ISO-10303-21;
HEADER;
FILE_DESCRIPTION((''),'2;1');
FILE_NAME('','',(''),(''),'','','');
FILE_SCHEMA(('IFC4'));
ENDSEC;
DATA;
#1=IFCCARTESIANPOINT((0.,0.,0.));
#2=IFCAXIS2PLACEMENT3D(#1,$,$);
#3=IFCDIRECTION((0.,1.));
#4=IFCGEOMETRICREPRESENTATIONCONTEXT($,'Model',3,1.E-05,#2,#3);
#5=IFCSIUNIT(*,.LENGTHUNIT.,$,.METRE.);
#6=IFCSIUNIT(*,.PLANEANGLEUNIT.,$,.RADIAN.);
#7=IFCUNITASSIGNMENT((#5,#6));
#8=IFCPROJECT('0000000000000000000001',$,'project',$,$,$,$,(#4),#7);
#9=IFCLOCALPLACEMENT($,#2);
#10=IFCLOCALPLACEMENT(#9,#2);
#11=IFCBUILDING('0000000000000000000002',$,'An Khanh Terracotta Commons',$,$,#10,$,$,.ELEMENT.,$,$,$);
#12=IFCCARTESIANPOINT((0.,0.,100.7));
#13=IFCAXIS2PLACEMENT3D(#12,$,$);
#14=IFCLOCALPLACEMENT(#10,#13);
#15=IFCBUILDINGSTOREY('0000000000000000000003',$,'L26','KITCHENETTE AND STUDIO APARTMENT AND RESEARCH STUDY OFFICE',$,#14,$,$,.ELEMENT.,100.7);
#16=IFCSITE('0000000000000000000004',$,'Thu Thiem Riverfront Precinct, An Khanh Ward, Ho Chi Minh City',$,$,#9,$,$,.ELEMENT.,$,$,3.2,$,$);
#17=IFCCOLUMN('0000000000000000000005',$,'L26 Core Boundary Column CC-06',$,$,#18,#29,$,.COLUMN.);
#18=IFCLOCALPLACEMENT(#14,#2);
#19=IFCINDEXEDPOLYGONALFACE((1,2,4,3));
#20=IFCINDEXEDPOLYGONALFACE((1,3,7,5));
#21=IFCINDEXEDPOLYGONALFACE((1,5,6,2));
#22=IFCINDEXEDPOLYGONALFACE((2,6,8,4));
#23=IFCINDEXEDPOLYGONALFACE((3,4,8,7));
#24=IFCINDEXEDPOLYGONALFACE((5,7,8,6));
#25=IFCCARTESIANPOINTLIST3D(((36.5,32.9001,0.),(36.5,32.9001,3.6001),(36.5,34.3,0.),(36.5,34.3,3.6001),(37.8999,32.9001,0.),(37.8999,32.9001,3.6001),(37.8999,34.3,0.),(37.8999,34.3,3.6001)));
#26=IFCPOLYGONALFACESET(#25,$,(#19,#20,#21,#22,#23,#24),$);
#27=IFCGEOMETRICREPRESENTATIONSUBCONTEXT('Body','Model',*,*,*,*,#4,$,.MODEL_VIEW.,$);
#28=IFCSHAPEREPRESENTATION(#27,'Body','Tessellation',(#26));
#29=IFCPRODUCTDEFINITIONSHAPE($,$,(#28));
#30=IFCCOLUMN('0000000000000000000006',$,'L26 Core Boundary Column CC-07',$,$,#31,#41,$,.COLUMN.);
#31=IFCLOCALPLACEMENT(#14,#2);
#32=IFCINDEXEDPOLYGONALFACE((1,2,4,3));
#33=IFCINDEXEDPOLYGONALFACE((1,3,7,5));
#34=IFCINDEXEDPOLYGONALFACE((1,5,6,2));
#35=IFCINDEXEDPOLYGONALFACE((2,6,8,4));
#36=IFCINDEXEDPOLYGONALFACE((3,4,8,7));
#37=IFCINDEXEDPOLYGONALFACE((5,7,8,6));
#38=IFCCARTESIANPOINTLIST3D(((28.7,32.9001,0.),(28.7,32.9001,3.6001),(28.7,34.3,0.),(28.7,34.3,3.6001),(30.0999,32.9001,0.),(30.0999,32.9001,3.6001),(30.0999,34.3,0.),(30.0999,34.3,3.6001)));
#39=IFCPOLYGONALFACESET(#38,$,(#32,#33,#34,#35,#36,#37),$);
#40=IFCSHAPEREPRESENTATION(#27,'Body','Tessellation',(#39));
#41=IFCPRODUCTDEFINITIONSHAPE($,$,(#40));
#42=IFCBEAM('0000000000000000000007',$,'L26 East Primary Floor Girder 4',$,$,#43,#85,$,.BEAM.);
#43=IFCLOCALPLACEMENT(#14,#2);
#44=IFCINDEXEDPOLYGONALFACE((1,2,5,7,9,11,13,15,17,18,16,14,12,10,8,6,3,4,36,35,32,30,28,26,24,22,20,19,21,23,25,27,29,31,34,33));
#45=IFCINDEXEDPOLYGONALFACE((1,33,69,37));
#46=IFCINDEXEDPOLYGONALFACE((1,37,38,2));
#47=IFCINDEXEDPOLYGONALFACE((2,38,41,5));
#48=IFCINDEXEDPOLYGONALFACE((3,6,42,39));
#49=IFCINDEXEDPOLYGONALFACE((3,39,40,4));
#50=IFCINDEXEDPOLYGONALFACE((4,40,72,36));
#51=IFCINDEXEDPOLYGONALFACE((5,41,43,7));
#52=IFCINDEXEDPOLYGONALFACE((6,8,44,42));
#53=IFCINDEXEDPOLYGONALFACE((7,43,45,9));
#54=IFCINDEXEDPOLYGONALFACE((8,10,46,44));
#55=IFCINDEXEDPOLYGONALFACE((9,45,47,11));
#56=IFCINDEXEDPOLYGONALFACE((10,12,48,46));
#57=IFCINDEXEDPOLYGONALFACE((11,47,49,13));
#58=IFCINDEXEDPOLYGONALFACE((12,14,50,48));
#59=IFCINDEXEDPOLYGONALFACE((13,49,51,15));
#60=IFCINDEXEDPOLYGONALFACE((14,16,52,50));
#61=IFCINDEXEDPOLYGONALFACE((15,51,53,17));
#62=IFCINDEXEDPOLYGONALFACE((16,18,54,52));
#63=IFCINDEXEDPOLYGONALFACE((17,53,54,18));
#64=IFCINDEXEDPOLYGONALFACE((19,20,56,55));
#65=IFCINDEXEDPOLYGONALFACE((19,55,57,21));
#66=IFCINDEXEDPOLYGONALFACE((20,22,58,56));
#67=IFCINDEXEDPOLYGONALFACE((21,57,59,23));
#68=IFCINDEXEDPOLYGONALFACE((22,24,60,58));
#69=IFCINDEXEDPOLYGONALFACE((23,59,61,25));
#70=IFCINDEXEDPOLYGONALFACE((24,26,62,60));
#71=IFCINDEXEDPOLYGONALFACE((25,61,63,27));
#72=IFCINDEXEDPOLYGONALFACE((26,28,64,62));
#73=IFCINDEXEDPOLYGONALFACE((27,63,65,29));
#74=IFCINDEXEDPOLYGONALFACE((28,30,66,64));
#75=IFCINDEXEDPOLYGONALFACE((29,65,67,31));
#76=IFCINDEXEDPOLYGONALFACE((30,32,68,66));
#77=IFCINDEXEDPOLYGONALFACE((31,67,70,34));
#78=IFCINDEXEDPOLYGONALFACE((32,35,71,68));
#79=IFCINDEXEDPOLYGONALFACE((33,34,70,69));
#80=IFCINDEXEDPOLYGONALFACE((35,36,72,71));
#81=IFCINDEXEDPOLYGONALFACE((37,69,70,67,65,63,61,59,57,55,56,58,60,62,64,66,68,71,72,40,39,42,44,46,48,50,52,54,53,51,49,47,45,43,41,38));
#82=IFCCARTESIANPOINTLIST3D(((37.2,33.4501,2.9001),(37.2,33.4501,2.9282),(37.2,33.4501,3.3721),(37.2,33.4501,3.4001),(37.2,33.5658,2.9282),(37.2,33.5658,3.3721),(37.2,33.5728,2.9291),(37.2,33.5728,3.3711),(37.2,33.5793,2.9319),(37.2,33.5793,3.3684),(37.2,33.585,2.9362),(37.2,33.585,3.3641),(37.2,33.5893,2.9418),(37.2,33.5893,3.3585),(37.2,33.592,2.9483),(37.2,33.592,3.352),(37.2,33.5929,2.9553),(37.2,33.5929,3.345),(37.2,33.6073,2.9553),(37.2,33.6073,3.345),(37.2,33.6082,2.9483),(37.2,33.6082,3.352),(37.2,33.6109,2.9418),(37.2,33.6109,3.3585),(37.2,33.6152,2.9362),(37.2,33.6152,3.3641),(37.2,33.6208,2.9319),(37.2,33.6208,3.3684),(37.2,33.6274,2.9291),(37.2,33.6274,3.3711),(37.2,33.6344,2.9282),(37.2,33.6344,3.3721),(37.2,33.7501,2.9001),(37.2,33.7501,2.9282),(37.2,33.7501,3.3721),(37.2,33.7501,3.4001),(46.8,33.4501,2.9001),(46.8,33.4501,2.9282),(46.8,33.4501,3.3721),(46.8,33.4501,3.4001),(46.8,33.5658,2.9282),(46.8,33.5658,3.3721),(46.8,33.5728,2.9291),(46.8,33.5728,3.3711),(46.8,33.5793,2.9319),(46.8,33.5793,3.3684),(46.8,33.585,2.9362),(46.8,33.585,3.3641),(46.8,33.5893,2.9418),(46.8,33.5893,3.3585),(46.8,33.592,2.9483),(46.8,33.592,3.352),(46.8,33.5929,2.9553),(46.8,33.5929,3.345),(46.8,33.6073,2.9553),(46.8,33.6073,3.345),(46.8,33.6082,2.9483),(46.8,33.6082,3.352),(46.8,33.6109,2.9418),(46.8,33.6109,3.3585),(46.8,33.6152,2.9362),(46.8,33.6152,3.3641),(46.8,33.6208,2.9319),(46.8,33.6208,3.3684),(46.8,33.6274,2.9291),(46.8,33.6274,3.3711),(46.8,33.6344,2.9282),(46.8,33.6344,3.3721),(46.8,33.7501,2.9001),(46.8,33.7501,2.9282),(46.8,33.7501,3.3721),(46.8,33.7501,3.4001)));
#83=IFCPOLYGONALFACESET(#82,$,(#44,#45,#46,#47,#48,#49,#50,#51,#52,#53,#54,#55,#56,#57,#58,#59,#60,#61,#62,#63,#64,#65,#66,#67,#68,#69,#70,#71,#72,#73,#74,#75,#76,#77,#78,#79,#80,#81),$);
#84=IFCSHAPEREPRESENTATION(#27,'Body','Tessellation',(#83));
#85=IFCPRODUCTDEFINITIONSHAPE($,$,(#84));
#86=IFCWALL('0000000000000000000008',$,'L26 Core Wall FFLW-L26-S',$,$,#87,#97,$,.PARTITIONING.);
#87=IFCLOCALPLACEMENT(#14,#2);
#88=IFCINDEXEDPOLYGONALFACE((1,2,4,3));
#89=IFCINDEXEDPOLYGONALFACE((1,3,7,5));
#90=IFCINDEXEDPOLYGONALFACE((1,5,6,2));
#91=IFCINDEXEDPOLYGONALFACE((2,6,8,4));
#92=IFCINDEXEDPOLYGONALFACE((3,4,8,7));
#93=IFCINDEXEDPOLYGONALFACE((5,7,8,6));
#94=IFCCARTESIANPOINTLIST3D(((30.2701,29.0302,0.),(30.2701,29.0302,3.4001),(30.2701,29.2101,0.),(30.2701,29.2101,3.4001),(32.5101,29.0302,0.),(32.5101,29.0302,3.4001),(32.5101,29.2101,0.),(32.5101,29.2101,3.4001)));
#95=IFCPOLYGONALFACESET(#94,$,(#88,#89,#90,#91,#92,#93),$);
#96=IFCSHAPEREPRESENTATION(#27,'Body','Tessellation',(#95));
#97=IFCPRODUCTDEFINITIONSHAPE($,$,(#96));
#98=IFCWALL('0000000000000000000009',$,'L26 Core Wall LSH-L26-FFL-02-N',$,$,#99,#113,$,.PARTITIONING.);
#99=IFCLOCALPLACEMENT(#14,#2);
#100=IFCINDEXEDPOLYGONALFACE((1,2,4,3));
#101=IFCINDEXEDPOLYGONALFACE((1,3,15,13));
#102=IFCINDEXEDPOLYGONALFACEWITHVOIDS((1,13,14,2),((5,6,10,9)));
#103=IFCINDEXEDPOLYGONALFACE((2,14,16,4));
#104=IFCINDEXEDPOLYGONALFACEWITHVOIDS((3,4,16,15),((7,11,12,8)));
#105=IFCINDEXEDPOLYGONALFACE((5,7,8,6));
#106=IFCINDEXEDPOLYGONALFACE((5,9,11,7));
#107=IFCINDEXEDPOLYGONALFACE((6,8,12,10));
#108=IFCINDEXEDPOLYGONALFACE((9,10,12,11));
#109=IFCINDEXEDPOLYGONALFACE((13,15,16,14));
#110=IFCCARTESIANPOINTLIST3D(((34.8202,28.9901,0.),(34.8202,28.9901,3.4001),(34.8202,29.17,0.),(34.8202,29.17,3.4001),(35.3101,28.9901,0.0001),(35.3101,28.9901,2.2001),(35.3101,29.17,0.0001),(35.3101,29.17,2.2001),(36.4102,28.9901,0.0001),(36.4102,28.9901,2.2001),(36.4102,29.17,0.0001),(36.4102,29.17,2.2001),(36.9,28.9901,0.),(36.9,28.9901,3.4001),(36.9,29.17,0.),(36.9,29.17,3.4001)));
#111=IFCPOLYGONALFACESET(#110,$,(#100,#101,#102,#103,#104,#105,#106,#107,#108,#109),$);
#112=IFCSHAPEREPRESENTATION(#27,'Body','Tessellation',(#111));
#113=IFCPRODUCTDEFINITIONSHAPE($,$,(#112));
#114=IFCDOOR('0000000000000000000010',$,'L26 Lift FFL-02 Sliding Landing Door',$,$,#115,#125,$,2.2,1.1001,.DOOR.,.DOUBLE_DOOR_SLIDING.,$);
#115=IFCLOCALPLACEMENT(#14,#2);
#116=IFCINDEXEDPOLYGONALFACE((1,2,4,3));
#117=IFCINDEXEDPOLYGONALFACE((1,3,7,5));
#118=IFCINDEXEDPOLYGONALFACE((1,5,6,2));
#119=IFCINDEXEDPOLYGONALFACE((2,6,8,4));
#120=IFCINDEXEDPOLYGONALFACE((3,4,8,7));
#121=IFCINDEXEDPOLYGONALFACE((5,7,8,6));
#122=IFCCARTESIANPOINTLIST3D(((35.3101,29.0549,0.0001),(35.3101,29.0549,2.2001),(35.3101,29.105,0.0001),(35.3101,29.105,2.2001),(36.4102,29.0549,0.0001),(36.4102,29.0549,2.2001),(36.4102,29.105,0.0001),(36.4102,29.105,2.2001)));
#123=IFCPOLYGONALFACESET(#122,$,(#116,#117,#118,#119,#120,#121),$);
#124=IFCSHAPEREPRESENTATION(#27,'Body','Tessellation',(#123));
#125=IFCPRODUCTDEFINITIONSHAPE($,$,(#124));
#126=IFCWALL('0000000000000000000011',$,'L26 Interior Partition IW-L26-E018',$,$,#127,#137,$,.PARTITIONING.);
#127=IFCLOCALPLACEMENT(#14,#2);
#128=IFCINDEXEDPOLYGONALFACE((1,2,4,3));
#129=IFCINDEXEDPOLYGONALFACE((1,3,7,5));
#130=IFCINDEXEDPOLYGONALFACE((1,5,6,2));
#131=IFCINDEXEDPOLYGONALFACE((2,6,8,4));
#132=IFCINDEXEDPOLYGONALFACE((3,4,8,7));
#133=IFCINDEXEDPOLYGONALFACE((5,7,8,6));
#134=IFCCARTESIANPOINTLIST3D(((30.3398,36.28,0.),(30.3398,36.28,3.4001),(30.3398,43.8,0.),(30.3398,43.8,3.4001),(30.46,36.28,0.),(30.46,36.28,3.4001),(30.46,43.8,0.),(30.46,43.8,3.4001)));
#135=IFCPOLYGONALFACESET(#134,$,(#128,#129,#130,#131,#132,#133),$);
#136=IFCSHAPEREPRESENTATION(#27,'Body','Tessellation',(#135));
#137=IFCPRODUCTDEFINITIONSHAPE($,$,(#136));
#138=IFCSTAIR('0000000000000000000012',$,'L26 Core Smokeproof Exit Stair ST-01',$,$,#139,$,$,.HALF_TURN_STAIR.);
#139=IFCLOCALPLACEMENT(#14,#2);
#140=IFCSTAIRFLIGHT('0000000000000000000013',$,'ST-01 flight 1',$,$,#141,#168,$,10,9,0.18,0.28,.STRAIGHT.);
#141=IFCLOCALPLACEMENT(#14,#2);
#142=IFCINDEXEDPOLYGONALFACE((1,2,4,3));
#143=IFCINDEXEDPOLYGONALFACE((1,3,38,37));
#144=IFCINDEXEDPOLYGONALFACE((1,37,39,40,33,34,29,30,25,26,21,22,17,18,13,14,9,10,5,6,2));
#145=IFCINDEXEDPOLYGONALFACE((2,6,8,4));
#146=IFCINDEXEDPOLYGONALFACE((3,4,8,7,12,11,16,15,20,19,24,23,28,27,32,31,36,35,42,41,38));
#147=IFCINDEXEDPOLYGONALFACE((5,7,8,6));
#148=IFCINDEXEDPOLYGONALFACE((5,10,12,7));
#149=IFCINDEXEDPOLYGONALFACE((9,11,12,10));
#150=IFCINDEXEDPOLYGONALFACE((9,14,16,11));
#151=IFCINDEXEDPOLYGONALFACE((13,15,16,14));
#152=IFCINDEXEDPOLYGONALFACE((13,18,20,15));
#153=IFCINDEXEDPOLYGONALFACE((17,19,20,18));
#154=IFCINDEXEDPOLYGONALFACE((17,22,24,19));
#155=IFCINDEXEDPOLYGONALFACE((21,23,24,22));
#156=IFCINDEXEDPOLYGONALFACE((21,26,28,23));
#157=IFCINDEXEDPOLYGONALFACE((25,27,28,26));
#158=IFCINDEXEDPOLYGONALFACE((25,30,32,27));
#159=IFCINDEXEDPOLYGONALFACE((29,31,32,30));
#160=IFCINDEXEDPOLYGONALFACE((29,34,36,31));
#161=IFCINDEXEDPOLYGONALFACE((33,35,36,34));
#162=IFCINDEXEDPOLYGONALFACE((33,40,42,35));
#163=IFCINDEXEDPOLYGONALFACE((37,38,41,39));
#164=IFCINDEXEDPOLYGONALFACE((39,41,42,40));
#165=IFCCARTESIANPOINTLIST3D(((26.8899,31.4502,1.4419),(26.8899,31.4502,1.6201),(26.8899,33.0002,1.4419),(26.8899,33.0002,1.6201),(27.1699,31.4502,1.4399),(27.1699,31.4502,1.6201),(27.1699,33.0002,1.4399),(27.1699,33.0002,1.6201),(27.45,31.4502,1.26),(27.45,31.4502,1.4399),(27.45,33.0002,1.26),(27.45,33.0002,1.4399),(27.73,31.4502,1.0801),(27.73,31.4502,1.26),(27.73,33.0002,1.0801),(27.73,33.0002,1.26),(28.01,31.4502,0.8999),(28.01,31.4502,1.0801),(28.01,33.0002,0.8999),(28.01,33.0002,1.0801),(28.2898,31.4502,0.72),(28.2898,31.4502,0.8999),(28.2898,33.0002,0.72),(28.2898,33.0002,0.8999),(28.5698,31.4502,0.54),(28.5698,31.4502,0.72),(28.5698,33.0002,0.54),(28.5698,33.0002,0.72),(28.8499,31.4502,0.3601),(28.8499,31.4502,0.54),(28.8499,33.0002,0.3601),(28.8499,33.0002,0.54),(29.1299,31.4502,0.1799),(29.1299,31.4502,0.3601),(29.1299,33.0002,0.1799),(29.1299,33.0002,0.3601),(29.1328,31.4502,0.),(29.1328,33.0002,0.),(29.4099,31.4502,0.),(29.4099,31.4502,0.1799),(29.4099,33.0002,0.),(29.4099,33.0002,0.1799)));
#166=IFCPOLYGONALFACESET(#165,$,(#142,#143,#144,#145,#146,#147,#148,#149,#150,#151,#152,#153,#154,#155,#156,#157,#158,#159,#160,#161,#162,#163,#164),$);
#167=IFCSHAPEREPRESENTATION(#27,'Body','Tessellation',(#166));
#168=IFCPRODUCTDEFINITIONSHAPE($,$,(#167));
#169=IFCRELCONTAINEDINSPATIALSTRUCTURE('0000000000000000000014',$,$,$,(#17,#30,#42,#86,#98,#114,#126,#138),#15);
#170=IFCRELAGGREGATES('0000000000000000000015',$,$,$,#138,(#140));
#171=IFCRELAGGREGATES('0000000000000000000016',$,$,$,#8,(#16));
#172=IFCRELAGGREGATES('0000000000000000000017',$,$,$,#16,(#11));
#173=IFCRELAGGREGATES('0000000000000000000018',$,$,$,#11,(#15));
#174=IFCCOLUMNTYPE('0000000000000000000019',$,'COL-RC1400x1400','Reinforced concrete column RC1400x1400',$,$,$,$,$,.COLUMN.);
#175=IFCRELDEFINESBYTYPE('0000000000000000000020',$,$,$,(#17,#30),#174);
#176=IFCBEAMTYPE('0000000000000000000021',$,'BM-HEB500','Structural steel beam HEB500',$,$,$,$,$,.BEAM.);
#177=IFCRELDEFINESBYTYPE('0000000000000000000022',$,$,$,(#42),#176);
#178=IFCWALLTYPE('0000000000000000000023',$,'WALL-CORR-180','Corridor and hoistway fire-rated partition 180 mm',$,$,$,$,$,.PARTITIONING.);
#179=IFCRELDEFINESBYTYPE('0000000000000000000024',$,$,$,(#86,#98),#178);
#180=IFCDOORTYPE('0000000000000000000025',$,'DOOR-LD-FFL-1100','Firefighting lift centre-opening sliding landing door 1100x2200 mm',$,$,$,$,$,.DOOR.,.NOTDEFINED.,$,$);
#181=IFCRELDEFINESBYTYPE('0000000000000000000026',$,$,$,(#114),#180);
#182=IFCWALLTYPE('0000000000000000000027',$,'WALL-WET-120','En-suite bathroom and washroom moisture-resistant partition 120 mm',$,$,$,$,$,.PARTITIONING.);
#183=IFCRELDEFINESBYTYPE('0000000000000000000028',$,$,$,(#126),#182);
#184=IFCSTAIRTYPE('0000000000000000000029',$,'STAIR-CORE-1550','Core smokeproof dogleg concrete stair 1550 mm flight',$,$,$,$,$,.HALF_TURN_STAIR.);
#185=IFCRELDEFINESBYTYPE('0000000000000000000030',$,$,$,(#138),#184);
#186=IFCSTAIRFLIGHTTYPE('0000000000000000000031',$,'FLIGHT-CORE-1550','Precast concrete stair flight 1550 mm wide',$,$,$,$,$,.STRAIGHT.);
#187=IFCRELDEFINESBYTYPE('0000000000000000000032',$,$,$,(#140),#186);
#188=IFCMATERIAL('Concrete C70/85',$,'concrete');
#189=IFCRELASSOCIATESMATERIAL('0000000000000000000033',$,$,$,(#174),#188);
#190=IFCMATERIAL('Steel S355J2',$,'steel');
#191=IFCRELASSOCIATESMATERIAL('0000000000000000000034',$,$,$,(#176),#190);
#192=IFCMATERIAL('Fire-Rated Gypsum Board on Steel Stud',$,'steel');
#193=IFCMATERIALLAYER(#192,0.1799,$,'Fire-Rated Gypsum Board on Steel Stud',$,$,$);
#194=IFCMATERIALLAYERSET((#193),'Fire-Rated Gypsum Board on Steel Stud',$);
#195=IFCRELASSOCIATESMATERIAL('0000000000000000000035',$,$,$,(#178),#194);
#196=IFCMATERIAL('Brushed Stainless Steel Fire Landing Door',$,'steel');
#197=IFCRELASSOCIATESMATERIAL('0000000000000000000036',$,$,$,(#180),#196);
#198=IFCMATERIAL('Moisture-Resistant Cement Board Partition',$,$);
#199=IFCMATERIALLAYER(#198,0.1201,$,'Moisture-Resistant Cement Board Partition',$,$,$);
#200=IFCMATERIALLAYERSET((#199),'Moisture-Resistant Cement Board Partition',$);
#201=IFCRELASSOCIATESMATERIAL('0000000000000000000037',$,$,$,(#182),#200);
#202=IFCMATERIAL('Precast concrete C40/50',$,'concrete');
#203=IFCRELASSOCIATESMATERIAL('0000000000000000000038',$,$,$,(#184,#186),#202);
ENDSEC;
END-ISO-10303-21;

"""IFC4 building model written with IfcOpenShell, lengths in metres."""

from ifc_helpers import new_model, si_unit, direction, frame, frame_2d, origin, origin_2d, place, context, subcontext, project, spatial, polyline, rectangle, i_section, outline, extrude, material, layer, layer_set, material_profile, profile_set, type_object, element, fill, aggregate, save


model = new_model("IFC4")

# Units and contexts
model_context = context("Model", 3, precision=1e-05, world=origin(), true_north=direction((0.0, 1.0)))
body_context = subcontext(model_context, "Body", "Model", "MODEL_VIEW")
ifc_project = project(units=[si_unit("LENGTHUNIT", "METRE"), si_unit("PLANEANGLEUNIT", "RADIAN")], contexts=[model_context])

# Site, building, storey
site_placement = place(None, origin())
site = spatial("IfcSite", under=ifc_project, at=site_placement, Name="Thu Thiem Riverfront Precinct, An Khanh Ward, Ho Chi Minh City", CompositionType="ELEMENT", RefElevation=3.2)
building_placement = place(site_placement, origin())
building = spatial("IfcBuilding", under=site, at=building_placement, Name="An Khanh Terracotta Commons", CompositionType="ELEMENT")
storey_placement = place(building_placement, frame((0.0, 0.0, 100.7)))
storey = spatial("IfcBuildingStorey", under=building, at=storey_placement, Name="L26", Description="KITCHENETTE AND STUDIO APARTMENT AND RESEARCH STUDY OFFICE", CompositionType="ELEMENT", Elevation=100.7)

# Columns
ifc_material_1 = material(Name="Concrete C70/85", Category="concrete")
ifc_material_profile_1 = material_profile(ifc_material_1, rectangle(XDim=1.3999, YDim=1.3999, at=origin_2d()), Name="RC1400x1400")
ifc_profile_set_1 = profile_set([ifc_material_profile_1], Name="Concrete C70/85")
column_type = type_object("IfcColumnType", Name="COL-RC1400x1400", Description="Reinforced concrete column RC1400x1400", PredefinedType="COLUMN", material=ifc_profile_set_1)
for number, where, z_axis, x_axis, name in (
    (1, (37.2, 33.6001, 0.0), (0.0, 0.0, 1.0), (1.0, 0.0, 0.0), "L26 Core Boundary Column CC-06"),
    (2, (29.3999, 33.6001, 0.0), (0.0, 0.0, 1.0), (1.0, 0.0, 0.0), "L26 Core Boundary Column CC-07"),
):
    element("IfcColumn", number, at=place(storey_placement, frame(where, z_axis=z_axis, x_axis=x_axis)), inside=storey, type_object=column_type, Name=name, PredefinedType="COLUMN", context=body_context, shape_type="SweptSolid", body=[
        extrude(rectangle(XDim=1.3999, YDim=1.3999, at=origin_2d()), origin(), (0.0, 0.0, 1.0), 3.6001),
    ])

# Beam
ifc_material_2 = material(Name="Steel S355J2", Category="steel")
ifc_material_profile_2 = material_profile(ifc_material_2, i_section(OverallWidth=0.3, OverallDepth=0.5, WebThickness=0.0144, FlangeThickness=0.0281, FilletRadius=0.0271, at=origin_2d()), Name="HEB500")
ifc_profile_set_2 = profile_set([ifc_material_profile_2], Name="Steel S355J2")
beam_type = type_object("IfcBeamType", Name="BM-HEB500", Description="Structural steel beam HEB500", PredefinedType="BEAM", material=ifc_profile_set_2)
beam_placement = place(storey_placement, frame((37.2, 33.6001, 3.1501), z_axis=(1.0, 0.0, 0.0), x_axis=(0.0, 1.0, 0.0)))
element("IfcBeam", 3, at=beam_placement, inside=storey, type_object=beam_type, Name="L26 East Primary Floor Girder 4", PredefinedType="BEAM", context=body_context, shape_type="SweptSolid", body=[
    extrude(i_section(OverallWidth=0.3, OverallDepth=0.5, WebThickness=0.0144, FlangeThickness=0.0281, FilletRadius=0.0271, at=origin_2d()), origin(), (0.0, 0.0, 1.0), 9.6001),
])

# Wall
ifc_material_3 = material(Name="Fire-Rated Gypsum Board on Steel Stud", Category="steel")
ifc_layer_1 = layer(ifc_material_3, 0.1799, Name="Fire-Rated Gypsum Board on Steel Stud")
ifc_layer_set_1 = layer_set([ifc_layer_1], Name="Fire-Rated Gypsum Board on Steel Stud")
wall_type_1 = type_object("IfcWallType", Name="WALL-CORR-180", Description="Corridor and hoistway fire-rated partition 180 mm", PredefinedType="PARTITIONING", material=ifc_layer_set_1)
wall_1_placement = place(storey_placement, frame((30.27, 29.1201, 0.0), z_axis=(0.0, 0.0, 1.0), x_axis=(1.0, 0.0, 0.0)))
element("IfcWall", 4, at=wall_1_placement, inside=storey, type_object=wall_type_1, Name="L26 Core Wall FFLW-L26-S", PredefinedType="PARTITIONING", context=body_context, shape_type="SweptSolid", body=[
    extrude(rectangle(XDim=2.24, YDim=0.1799, at=frame_2d((1.1201, 0.0))), origin(), (0.0, 0.0, 1.0), 3.4001),
])

# Wall, opening, door
wall_2_placement = place(storey_placement, frame((34.8201, 29.0801, 0.0), z_axis=(0.0, 0.0, 1.0), x_axis=(1.0, 0.0, 0.0)))
wall_2 = element("IfcWall", 5, at=wall_2_placement, inside=storey, type_object=wall_type_1, Name="L26 Core Wall LSH-L26-FFL-02-N", PredefinedType="PARTITIONING", context=body_context, shape_type="SweptSolid", body=[
    extrude(rectangle(XDim=2.0798, YDim=0.1799, at=frame_2d((1.04, 0.0))), origin(), (0.0, 0.0, 1.0), 3.4001),
])
opening_1_placement = place(wall_2_placement, frame((0.49, 0.0, 0.0)))
opening_1 = element("IfcOpeningElement", 6, at=opening_1_placement, cuts=wall_2, PredefinedType="OPENING", context=body_context, shape_type="SweptSolid", body=[
    extrude(rectangle(XDim=1.1001, YDim=2.2, at=frame_2d((0.55, 1.1001))), frame((0.0, 0.0999, 0.0), z_axis=(0.0, -1.0, 0.0), x_axis=(1.0, 0.0, 0.0)), (0.0, 0.0, 1.0), 0.2),
])
ifc_material_4 = material(Name="Brushed Stainless Steel Fire Landing Door", Category="steel")
door_type_1 = type_object("IfcDoorType", Name="DOOR-LD-FFL-1100", Description="Firefighting lift centre-opening sliding landing door 1100x2200 mm", OperationType="NOTDEFINED", PredefinedType="DOOR", material=ifc_material_4)
door_1_placement = place(opening_1_placement, origin())
door_1 = element("IfcDoor", 7, at=door_1_placement, inside=storey, type_object=door_type_1, Name="L26 Lift FFL-02 Sliding Landing Door", OperationType="DOUBLE_DOOR_SLIDING", OverallHeight=2.2, OverallWidth=1.1001, PredefinedType="DOOR", context=body_context, shape_type="SweptSolid", body=[
    extrude(rectangle(XDim=1.1001, YDim=2.2, at=frame_2d((0.55, 1.1001))), frame((0.0, 0.0249, 0.0), z_axis=(0.0, -1.0, 0.0), x_axis=(1.0, 0.0, 0.0)), (0.0, 0.0, 1.0), 0.05),
])
fill(opening_1, door_1)

# Wall
ifc_material_5 = material(Name="Moisture-Resistant Cement Board Partition")
ifc_layer_2 = layer(ifc_material_5, 0.1201, Name="Moisture-Resistant Cement Board Partition")
ifc_layer_set_2 = layer_set([ifc_layer_2], Name="Moisture-Resistant Cement Board Partition")
wall_type_2 = type_object("IfcWallType", Name="WALL-WET-120", Description="En-suite bathroom and washroom moisture-resistant partition 120 mm", PredefinedType="PARTITIONING", material=ifc_layer_set_2)
wall_3_placement = place(storey_placement, frame((30.3999, 36.28, 0.0), z_axis=(0.0, 0.0, 1.0), x_axis=(0.0, 1.0, 0.0)))
element("IfcWall", 8, at=wall_3_placement, inside=storey, type_object=wall_type_2, Name="L26 Interior Partition IW-L26-E018", PredefinedType="PARTITIONING", context=body_context, shape_type="SweptSolid", body=[
    extrude(rectangle(XDim=7.52, YDim=0.1201, at=frame_2d((3.76, 0.0))), origin(), (0.0, 0.0, 1.0), 3.4001),
])

# Stair, stair flight
ifc_material_6 = material(Name="Precast concrete C40/50", Category="concrete")
stair_type = type_object("IfcStairType", Name="STAIR-CORE-1550", Description="Core smokeproof dogleg concrete stair 1550 mm flight", PredefinedType="HALF_TURN_STAIR", material=ifc_material_6)
stair_placement = place(storey_placement, origin())
stair = element("IfcStair", 9, at=stair_placement, inside=storey, type_object=stair_type, Name="L26 Core Smokeproof Exit Stair ST-01", PredefinedType="HALF_TURN_STAIR")
stair_flight_type = type_object("IfcStairFlightType", Name="FLIGHT-CORE-1550", Description="Precast concrete stair flight 1550 mm wide", PredefinedType="STRAIGHT", material=ifc_material_6)
stair_flight_1_placement = place(storey_placement, frame((29.4099, 32.2251, 0.0), z_axis=(0.0, 0.0, 1.0), x_axis=(-1.0, 0.0, 0.0)))
stair_flight_1 = element("IfcStairFlight", 10, at=stair_flight_1_placement, type_object=stair_flight_type, Name="ST-01 flight 1", NumberOfRisers=10, NumberOfTreads=9, PredefinedType="STRAIGHT", RiserHeight=0.18, TreadLength=0.28, context=body_context, shape_type="SweptSolid", body=[
    extrude(outline(polyline([(0.0, 0.0), (0.0, 0.1799), (0.28, 0.1799), (0.28, 0.3601), (0.5601, 0.3601), (0.5601, 0.54), (0.8401, 0.54), (0.8401, 0.72), (1.1201, 0.72), (1.1201, 0.8999), (1.3999, 0.8999), (1.3999, 1.0801), (1.6799, 1.0801), (1.6799, 1.26), (1.96, 1.26), (1.96, 1.4399), (2.24, 1.4399), (2.24, 1.6201), (2.52, 1.6201), (2.52, 1.8), (2.52, 1.4419), (0.2771, 0.0), (0.0, 0.0)])), frame((0.0, 0.7749, 0.0), z_axis=(0.0, -1.0, 0.0), x_axis=(1.0, 0.0, 0.0)), (0.0, 0.0, 1.0), 1.55),
])
aggregate(stair, [stair_flight_1])

save(model, "model.ifc")
